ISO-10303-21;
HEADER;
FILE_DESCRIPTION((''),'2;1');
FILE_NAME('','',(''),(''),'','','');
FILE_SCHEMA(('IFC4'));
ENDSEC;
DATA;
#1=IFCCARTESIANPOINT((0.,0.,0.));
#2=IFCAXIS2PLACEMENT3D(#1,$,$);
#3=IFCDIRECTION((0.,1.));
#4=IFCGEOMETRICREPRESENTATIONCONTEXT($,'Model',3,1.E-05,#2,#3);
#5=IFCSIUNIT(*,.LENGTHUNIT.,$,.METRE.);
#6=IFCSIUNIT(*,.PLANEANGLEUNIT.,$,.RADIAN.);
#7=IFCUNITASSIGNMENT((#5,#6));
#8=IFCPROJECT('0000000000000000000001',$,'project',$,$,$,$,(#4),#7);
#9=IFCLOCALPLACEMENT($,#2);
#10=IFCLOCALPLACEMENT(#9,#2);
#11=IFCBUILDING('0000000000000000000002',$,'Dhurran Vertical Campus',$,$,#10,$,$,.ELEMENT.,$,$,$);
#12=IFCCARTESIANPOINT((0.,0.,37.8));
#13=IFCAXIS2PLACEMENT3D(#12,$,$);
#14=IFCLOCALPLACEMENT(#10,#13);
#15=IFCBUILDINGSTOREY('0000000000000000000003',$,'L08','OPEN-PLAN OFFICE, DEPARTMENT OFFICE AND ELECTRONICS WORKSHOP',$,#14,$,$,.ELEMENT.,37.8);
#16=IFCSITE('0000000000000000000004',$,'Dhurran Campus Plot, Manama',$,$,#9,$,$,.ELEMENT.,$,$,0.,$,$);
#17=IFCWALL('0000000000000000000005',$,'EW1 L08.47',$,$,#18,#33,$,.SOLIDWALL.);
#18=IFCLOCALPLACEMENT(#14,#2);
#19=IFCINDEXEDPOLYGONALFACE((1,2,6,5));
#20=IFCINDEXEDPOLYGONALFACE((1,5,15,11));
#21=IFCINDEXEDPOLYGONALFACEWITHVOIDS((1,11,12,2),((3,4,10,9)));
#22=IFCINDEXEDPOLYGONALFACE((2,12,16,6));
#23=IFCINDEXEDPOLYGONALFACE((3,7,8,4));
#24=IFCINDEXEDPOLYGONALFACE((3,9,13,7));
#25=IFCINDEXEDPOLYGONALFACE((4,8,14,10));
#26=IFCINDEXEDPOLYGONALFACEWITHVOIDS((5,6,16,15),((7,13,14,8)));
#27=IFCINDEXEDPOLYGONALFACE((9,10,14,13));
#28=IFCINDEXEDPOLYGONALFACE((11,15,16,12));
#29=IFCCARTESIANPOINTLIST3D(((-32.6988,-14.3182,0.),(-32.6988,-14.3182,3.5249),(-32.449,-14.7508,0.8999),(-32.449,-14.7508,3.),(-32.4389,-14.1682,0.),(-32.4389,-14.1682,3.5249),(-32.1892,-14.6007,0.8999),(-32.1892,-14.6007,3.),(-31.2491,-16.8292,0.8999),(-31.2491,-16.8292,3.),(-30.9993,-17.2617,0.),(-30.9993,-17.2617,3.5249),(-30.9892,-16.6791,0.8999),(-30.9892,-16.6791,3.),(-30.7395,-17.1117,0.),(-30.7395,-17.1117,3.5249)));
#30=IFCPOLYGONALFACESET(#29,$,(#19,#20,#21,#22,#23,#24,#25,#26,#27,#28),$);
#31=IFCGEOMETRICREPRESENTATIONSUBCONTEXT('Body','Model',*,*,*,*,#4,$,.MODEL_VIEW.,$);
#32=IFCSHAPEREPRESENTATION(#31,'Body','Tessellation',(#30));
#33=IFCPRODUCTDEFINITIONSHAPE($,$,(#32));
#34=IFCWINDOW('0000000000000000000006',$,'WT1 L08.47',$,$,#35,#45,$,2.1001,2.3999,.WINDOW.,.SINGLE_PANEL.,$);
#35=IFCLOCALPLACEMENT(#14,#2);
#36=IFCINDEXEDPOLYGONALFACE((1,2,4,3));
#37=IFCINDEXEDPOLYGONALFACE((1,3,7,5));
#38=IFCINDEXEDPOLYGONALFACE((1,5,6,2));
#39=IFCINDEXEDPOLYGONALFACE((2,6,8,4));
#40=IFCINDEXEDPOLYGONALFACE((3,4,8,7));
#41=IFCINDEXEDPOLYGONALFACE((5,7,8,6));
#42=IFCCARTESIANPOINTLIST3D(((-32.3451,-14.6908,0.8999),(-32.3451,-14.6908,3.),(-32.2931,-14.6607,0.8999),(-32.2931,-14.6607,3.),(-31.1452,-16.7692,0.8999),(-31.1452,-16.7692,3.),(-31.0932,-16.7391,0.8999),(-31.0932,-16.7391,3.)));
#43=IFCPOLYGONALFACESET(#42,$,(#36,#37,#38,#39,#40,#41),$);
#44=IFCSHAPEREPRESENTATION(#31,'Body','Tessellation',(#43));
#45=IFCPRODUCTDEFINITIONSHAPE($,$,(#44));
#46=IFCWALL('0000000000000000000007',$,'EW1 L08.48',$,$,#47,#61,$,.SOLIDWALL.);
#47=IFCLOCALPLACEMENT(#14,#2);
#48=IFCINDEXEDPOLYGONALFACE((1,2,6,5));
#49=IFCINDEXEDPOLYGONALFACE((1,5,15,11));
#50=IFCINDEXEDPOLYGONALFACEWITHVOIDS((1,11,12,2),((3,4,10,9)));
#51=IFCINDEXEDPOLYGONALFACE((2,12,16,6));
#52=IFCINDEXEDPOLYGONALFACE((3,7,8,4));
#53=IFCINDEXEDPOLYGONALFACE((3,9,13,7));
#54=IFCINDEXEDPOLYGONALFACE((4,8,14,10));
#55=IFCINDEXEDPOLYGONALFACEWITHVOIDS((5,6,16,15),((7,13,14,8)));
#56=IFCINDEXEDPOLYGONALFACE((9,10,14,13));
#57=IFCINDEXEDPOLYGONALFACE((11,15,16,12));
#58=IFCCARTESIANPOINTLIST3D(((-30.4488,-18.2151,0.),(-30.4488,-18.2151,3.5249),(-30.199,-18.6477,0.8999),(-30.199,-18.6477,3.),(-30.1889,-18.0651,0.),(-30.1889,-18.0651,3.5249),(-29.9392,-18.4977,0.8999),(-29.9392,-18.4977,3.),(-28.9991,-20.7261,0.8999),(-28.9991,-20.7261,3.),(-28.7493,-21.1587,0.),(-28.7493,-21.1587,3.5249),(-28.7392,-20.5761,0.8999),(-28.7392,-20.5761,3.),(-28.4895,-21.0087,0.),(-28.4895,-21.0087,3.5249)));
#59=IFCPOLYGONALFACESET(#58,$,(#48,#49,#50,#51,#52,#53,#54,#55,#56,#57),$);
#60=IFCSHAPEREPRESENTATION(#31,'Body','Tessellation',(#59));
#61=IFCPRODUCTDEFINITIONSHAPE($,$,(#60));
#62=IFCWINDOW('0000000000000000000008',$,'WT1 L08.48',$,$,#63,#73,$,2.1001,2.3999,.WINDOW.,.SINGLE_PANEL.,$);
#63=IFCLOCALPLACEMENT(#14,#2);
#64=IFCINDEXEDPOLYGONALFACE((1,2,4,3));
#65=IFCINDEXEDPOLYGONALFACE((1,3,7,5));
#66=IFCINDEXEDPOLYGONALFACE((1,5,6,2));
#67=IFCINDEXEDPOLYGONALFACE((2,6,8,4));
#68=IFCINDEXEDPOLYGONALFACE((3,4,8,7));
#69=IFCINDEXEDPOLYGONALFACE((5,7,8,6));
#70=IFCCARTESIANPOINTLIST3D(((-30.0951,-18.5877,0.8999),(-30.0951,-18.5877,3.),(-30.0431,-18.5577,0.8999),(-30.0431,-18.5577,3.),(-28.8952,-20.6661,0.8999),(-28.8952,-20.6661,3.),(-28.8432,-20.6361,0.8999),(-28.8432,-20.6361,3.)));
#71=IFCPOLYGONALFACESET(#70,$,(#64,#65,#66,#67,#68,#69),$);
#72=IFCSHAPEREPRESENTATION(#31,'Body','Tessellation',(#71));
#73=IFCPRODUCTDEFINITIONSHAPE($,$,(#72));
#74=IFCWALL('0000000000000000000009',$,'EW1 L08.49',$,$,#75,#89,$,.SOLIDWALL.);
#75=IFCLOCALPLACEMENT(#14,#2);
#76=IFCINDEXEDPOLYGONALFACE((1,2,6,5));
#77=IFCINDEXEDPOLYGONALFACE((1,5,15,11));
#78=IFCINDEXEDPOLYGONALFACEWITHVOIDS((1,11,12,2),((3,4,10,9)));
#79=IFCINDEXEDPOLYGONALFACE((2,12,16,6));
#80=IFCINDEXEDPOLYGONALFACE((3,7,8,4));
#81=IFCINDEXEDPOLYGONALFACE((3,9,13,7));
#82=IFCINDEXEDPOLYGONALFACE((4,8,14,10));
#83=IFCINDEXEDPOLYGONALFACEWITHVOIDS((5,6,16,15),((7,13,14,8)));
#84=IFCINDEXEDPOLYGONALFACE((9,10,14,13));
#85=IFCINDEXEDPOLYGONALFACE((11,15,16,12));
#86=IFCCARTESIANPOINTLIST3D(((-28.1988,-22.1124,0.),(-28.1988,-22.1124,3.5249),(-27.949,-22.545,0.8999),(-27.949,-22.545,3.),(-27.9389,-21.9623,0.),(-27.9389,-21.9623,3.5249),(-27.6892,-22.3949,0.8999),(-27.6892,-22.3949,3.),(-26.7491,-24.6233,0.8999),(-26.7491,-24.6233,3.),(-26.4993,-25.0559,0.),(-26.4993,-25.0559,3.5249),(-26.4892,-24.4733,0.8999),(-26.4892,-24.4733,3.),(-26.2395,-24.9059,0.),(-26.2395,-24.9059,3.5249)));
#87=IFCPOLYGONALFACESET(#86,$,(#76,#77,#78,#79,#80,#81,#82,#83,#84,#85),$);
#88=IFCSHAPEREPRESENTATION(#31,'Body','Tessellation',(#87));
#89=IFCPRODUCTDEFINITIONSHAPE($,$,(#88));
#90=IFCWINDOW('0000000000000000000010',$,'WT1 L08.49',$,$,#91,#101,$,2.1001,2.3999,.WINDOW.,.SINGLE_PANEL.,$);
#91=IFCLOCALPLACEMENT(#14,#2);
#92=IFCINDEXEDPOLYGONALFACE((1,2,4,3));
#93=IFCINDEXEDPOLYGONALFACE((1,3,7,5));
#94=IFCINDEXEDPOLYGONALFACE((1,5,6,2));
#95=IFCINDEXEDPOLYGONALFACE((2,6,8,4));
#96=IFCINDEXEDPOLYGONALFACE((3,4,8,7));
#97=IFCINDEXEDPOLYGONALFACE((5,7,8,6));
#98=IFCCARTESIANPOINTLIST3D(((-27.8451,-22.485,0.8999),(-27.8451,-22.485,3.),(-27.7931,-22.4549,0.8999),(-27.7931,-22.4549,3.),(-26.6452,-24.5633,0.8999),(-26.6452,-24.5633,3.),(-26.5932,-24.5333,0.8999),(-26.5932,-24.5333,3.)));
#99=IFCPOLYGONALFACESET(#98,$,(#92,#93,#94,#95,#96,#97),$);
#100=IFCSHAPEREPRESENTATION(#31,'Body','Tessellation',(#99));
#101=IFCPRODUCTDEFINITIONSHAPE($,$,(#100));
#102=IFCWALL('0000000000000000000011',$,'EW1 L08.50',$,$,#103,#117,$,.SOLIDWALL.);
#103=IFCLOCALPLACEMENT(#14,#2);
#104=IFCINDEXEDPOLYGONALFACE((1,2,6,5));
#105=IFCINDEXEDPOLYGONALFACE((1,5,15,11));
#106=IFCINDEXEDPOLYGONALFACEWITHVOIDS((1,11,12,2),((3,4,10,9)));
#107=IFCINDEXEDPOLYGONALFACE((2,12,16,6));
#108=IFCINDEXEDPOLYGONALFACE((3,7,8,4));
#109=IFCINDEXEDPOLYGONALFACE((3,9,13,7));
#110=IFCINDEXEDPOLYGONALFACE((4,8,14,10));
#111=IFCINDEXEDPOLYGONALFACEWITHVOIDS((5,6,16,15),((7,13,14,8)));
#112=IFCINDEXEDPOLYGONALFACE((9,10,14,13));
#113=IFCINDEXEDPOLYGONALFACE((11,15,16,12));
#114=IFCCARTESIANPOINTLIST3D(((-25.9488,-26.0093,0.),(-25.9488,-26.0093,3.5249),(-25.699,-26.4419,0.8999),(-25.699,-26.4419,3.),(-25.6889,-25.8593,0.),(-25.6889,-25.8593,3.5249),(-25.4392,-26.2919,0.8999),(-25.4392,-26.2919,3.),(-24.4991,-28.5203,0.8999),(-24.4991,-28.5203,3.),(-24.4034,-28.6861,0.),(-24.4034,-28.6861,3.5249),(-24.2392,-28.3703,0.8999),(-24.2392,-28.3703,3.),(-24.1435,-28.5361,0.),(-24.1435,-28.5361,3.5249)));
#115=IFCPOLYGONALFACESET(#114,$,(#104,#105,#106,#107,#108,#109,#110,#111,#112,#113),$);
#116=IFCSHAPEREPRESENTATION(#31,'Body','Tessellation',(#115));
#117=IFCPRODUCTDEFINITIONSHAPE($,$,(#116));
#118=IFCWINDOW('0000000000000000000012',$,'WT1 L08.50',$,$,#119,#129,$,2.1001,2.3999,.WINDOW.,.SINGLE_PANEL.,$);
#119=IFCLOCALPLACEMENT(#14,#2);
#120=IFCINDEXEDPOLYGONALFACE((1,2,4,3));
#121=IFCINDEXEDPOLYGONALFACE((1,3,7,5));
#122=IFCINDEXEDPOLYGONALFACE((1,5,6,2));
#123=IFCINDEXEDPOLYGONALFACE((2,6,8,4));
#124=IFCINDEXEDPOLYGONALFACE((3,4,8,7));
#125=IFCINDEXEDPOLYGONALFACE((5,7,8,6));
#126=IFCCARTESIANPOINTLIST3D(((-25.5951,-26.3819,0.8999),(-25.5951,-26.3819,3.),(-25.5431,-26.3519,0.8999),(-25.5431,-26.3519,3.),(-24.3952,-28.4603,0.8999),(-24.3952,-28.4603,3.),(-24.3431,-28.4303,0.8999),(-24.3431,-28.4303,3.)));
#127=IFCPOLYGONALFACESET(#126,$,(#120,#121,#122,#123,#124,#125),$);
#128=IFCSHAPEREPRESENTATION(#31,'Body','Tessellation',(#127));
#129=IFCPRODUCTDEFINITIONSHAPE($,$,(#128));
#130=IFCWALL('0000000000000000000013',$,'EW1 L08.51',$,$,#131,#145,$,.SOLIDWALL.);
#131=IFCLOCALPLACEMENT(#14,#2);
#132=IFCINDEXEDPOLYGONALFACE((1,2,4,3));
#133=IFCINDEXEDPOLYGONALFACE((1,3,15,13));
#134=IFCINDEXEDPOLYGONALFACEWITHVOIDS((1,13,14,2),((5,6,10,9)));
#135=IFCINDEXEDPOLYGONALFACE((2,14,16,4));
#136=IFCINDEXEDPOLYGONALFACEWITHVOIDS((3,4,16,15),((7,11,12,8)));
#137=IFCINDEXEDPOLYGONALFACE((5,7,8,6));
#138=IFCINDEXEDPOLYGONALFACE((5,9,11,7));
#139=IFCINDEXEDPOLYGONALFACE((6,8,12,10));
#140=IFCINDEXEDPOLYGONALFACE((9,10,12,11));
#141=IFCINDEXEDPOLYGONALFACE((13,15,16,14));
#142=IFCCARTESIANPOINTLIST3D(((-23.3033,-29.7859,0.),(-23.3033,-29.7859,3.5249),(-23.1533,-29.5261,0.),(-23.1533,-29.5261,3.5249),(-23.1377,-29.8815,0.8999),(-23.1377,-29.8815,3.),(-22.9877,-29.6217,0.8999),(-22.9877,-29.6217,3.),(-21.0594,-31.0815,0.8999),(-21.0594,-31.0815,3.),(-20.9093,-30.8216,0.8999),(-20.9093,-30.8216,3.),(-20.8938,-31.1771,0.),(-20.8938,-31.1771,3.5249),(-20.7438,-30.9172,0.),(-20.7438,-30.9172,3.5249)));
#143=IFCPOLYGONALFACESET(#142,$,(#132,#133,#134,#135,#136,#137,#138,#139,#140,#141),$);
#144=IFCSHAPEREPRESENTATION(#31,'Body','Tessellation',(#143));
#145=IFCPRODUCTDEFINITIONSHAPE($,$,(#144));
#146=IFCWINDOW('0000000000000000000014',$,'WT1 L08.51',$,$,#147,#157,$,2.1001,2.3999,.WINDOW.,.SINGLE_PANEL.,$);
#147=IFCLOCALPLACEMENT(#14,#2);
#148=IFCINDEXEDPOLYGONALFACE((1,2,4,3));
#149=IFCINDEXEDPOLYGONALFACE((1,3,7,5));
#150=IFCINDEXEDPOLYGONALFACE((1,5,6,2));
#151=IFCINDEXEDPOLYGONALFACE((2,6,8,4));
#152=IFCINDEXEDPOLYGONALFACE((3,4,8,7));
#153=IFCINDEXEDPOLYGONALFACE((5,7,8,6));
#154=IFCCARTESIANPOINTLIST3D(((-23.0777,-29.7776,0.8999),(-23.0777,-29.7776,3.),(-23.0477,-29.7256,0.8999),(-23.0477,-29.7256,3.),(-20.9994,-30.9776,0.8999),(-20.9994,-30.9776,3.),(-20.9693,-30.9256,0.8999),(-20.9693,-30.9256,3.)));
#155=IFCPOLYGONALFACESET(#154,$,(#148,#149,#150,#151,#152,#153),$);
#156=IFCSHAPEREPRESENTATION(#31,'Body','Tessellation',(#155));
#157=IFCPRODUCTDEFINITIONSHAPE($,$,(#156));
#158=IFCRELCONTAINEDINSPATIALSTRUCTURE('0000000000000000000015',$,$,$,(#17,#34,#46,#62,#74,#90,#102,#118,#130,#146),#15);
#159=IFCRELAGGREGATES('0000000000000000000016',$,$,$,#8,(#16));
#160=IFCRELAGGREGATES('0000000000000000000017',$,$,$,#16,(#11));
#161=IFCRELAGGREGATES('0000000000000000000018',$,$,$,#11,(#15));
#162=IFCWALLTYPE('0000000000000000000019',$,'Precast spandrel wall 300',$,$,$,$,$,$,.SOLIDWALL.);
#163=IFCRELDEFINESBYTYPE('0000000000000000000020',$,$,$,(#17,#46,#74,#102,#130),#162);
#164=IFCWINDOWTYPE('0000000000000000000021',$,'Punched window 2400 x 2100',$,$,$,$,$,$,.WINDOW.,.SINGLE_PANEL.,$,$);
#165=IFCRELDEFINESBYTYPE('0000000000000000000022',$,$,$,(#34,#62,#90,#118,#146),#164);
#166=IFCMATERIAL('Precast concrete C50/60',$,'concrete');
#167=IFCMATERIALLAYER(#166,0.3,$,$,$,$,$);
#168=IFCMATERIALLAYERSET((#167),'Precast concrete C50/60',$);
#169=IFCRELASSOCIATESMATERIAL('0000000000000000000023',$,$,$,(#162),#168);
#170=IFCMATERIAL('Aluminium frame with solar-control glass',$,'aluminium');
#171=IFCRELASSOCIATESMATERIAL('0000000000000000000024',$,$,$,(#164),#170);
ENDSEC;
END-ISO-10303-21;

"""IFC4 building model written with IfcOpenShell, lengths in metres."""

from ifc_helpers import new_model, si_unit, direction, frame, frame_2d, origin, place, context, subcontext, project, spatial, rectangle, extrude, material, layer, layer_set, type_object, element, fill, save


model = new_model("IFC4")

# Units and contexts
model_context = context("Model", 3, precision=1e-05, world=origin(), true_north=direction((0.0, 1.0)))
body_context = subcontext(model_context, "Body", "Model", "MODEL_VIEW")
ifc_project = project(units=[si_unit("LENGTHUNIT", "METRE"), si_unit("PLANEANGLEUNIT", "RADIAN")], contexts=[model_context])

# Site, building, storey
site_placement = place(None, origin())
site = spatial("IfcSite", under=ifc_project, at=site_placement, Name="Dhurran Campus Plot, Manama", CompositionType="ELEMENT", RefElevation=0.0)
building_placement = place(site_placement, origin())
building = spatial("IfcBuilding", under=site, at=building_placement, Name="Dhurran Vertical Campus", CompositionType="ELEMENT")
storey_placement = place(building_placement, frame((0.0, 0.0, 37.8)))
storey = spatial("IfcBuildingStorey", under=building, at=storey_placement, Name="L08", Description="OPEN-PLAN OFFICE, DEPARTMENT OFFICE AND ELECTRONICS WORKSHOP", CompositionType="ELEMENT", Elevation=37.8)

# Walls, openings, windows
ifc_material_1 = material(Name="Precast concrete C50/60", Category="concrete")
ifc_layer_1 = layer(ifc_material_1, 0.3)
ifc_layer_set_1 = layer_set([ifc_layer_1], Name="Precast concrete C50/60")
wall_type_1 = type_object("IfcWallType", Name="Precast spandrel wall 300", PredefinedType="SOLIDWALL", material=ifc_layer_set_1)
ifc_material_2 = material(Name="Aluminium frame with solar-control glass", Category="aluminium")
window_type = type_object("IfcWindowType", Name="Punched window 2400 x 2100", PartitioningType="SINGLE_PANEL", PredefinedType="WINDOW", material=ifc_material_2)
wall_1_placement = place(storey_placement, frame((-32.5688, -14.2432, 0.0), z_axis=(0.0, 0.0, 1.0), x_axis=(0.499994, -0.866029, 0.0)))
wall_1 = element("IfcWall", 1, at=wall_1_placement, inside=storey, type_object=wall_type_1, Name="EW1 L08.47", PredefinedType="SOLIDWALL", context=body_context, shape_type="SweptSolid", body=[
    extrude(rectangle(XDim=3.3989, YDim=0.3, at=frame_2d((1.6995, 0.0))), origin(), (0.0, 0.0, 1.0), 3.5249),
])
opening_1_placement = place(wall_1_placement, frame((0.4995, 0.0, 0.8999)))
opening_1 = element("IfcOpeningElement", 2, at=opening_1_placement, cuts=wall_1, PredefinedType="OPENING", context=body_context, shape_type="SweptSolid", body=[
    extrude(rectangle(XDim=2.3999, YDim=2.1001, at=frame_2d((1.2, 1.05))), frame((0.0, 0.1599, 0.0), z_axis=(0.0, -1.0, 0.0), x_axis=(1.0, 0.0, 0.0)), (0.0, 0.0, 1.0), 0.3201),
])
window_1_placement = place(opening_1_placement, origin())
window_1 = element("IfcWindow", 3, at=window_1_placement, inside=storey, type_object=window_type, Name="WT1 L08.47", OverallHeight=2.1001, OverallWidth=2.3999, PartitioningType="SINGLE_PANEL", PredefinedType="WINDOW", context=body_context, shape_type="SweptSolid", body=[
    extrude(rectangle(XDim=2.3999, YDim=2.1001, at=frame_2d((1.2, 1.05))), frame((0.0, 0.03, 0.0), z_axis=(0.0, -1.0, 0.0), x_axis=(1.0, 0.0, 0.0)), (0.0, 0.0, 1.0), 0.0601),
])
fill(opening_1, window_1)
wall_2_placement = place(storey_placement, frame((-30.3188, -18.1401, 0.0), z_axis=(0.0, 0.0, 1.0), x_axis=(0.499994, -0.866029, 0.0)))
wall_2 = element("IfcWall", 4, at=wall_2_placement, inside=storey, type_object=wall_type_1, Name="EW1 L08.48", PredefinedType="SOLIDWALL", context=body_context, shape_type="SweptSolid", body=[
    extrude(rectangle(XDim=3.3989, YDim=0.3, at=frame_2d((1.6995, 0.0))), origin(), (0.0, 0.0, 1.0), 3.5249),
])
opening_2_placement = place(wall_2_placement, frame((0.4995, 0.0, 0.8999)))
opening_2 = element("IfcOpeningElement", 5, at=opening_2_placement, cuts=wall_2, PredefinedType="OPENING", context=body_context, shape_type="SweptSolid", body=[
    extrude(rectangle(XDim=2.3999, YDim=2.1001, at=frame_2d((1.2, 1.05))), frame((0.0, 0.1599, 0.0), z_axis=(0.0, -1.0, 0.0), x_axis=(1.0, 0.0, 0.0)), (0.0, 0.0, 1.0), 0.3201),
])
window_2_placement = place(opening_2_placement, origin())
window_2 = element("IfcWindow", 6, at=window_2_placement, inside=storey, type_object=window_type, Name="WT1 L08.48", OverallHeight=2.1001, OverallWidth=2.3999, PartitioningType="SINGLE_PANEL", PredefinedType="WINDOW", context=body_context, shape_type="SweptSolid", body=[
    extrude(rectangle(XDim=2.3999, YDim=2.1001, at=frame_2d((1.2, 1.05))), frame((0.0, 0.03, 0.0), z_axis=(0.0, -1.0, 0.0), x_axis=(1.0, 0.0, 0.0)), (0.0, 0.0, 1.0), 0.0601),
])
fill(opening_2, window_2)
wall_3_placement = place(storey_placement, frame((-28.0688, -22.0374, 0.0), z_axis=(0.0, 0.0, 1.0), x_axis=(0.499994, -0.866029, 0.0)))
wall_3 = element("IfcWall", 7, at=wall_3_placement, inside=storey, type_object=wall_type_1, Name="EW1 L08.49", PredefinedType="SOLIDWALL", context=body_context, shape_type="SweptSolid", body=[
    extrude(rectangle(XDim=3.3989, YDim=0.3, at=frame_2d((1.6995, 0.0))), origin(), (0.0, 0.0, 1.0), 3.5249),
])
opening_3_placement = place(wall_3_placement, frame((0.4995, 0.0, 0.8999)))
opening_3 = element("IfcOpeningElement", 8, at=opening_3_placement, cuts=wall_3, PredefinedType="OPENING", context=body_context, shape_type="SweptSolid", body=[
    extrude(rectangle(XDim=2.3999, YDim=2.1001, at=frame_2d((1.2, 1.05))), frame((0.0, 0.1599, 0.0), z_axis=(0.0, -1.0, 0.0), x_axis=(1.0, 0.0, 0.0)), (0.0, 0.0, 1.0), 0.3201),
])
window_3_placement = place(opening_3_placement, origin())
window_3 = element("IfcWindow", 9, at=window_3_placement, inside=storey, type_object=window_type, Name="WT1 L08.49", OverallHeight=2.1001, OverallWidth=2.3999, PartitioningType="SINGLE_PANEL", PredefinedType="WINDOW", context=body_context, shape_type="SweptSolid", body=[
    extrude(rectangle(XDim=2.3999, YDim=2.1001, at=frame_2d((1.2, 1.05))), frame((0.0, 0.03, 0.0), z_axis=(0.0, -1.0, 0.0), x_axis=(1.0, 0.0, 0.0)), (0.0, 0.0, 1.0), 0.0601),
])
fill(opening_3, window_3)
wall_4_placement = place(storey_placement, frame((-25.8188, -25.9343, 0.0), z_axis=(0.0, 0.0, 1.0), x_axis=(0.499996, -0.866028, 0.0)))
wall_4 = element("IfcWall", 10, at=wall_4_placement, inside=storey, type_object=wall_type_1, Name="EW1 L08.50", PredefinedType="SOLIDWALL", context=body_context, shape_type="SweptSolid", body=[
    extrude(rectangle(XDim=3.0908, YDim=0.3, at=frame_2d((1.5454, 0.0))), origin(), (0.0, 0.0, 1.0), 3.5249),
])
opening_4_placement = place(wall_4_placement, frame((0.4995, 0.0, 0.8999)))
opening_4 = element("IfcOpeningElement", 11, at=opening_4_placement, cuts=wall_4, PredefinedType="OPENING", context=body_context, shape_type="SweptSolid", body=[
    extrude(rectangle(XDim=2.3999, YDim=2.1001, at=frame_2d((1.2, 1.05))), frame((0.0, 0.1599, 0.0), z_axis=(0.0, -1.0, 0.0), x_axis=(1.0, 0.0, 0.0)), (0.0, 0.0, 1.0), 0.3201),
])
window_4_placement = place(opening_4_placement, origin())
window_4 = element("IfcWindow", 12, at=window_4_placement, inside=storey, type_object=window_type, Name="WT1 L08.50", OverallHeight=2.1001, OverallWidth=2.3999, PartitioningType="SINGLE_PANEL", PredefinedType="WINDOW", context=body_context, shape_type="SweptSolid", body=[
    extrude(rectangle(XDim=2.3999, YDim=2.1001, at=frame_2d((1.2, 1.05))), frame((0.0, 0.03, 0.0), z_axis=(0.0, -1.0, 0.0), x_axis=(1.0, 0.0, 0.0)), (0.0, 0.0, 1.0), 0.0601),
])
fill(opening_4, window_4)
wall_5_placement = place(storey_placement, frame((-23.2283, -29.656, 0.0), z_axis=(0.0, 0.0, 1.0), x_axis=(0.86602, -0.500009, 0.0)))
wall_5 = element("IfcWall", 13, at=wall_5_placement, inside=storey, type_object=wall_type_1, Name="EW1 L08.51", PredefinedType="SOLIDWALL", context=body_context, shape_type="SweptSolid", body=[
    extrude(rectangle(XDim=2.7822, YDim=0.3, at=frame_2d((1.3911, 0.0))), origin(), (0.0, 0.0, 1.0), 3.5249),
])
opening_5_placement = place(wall_5_placement, frame((0.1912, 0.0, 0.8999)))
opening_5 = element("IfcOpeningElement", 14, at=opening_5_placement, cuts=wall_5, PredefinedType="OPENING", context=body_context, shape_type="SweptSolid", body=[
    extrude(rectangle(XDim=2.3999, YDim=2.1001, at=frame_2d((1.2, 1.05))), frame((0.0, 0.1599, 0.0), z_axis=(0.0, -1.0, 0.0), x_axis=(1.0, 0.0, 0.0)), (0.0, 0.0, 1.0), 0.3201),
])
window_5_placement = place(opening_5_placement, origin())
window_5 = element("IfcWindow", 15, at=window_5_placement, inside=storey, type_object=window_type, Name="WT1 L08.51", OverallHeight=2.1001, OverallWidth=2.3999, PartitioningType="SINGLE_PANEL", PredefinedType="WINDOW", context=body_context, shape_type="SweptSolid", body=[
    extrude(rectangle(XDim=2.3999, YDim=2.1001, at=frame_2d((1.2, 1.05))), frame((0.0, 0.03, 0.0), z_axis=(0.0, -1.0, 0.0), x_axis=(1.0, 0.0, 0.0)), (0.0, 0.0, 1.0), 0.0601),
])
fill(opening_5, window_5)

save(model, "model.ifc")
